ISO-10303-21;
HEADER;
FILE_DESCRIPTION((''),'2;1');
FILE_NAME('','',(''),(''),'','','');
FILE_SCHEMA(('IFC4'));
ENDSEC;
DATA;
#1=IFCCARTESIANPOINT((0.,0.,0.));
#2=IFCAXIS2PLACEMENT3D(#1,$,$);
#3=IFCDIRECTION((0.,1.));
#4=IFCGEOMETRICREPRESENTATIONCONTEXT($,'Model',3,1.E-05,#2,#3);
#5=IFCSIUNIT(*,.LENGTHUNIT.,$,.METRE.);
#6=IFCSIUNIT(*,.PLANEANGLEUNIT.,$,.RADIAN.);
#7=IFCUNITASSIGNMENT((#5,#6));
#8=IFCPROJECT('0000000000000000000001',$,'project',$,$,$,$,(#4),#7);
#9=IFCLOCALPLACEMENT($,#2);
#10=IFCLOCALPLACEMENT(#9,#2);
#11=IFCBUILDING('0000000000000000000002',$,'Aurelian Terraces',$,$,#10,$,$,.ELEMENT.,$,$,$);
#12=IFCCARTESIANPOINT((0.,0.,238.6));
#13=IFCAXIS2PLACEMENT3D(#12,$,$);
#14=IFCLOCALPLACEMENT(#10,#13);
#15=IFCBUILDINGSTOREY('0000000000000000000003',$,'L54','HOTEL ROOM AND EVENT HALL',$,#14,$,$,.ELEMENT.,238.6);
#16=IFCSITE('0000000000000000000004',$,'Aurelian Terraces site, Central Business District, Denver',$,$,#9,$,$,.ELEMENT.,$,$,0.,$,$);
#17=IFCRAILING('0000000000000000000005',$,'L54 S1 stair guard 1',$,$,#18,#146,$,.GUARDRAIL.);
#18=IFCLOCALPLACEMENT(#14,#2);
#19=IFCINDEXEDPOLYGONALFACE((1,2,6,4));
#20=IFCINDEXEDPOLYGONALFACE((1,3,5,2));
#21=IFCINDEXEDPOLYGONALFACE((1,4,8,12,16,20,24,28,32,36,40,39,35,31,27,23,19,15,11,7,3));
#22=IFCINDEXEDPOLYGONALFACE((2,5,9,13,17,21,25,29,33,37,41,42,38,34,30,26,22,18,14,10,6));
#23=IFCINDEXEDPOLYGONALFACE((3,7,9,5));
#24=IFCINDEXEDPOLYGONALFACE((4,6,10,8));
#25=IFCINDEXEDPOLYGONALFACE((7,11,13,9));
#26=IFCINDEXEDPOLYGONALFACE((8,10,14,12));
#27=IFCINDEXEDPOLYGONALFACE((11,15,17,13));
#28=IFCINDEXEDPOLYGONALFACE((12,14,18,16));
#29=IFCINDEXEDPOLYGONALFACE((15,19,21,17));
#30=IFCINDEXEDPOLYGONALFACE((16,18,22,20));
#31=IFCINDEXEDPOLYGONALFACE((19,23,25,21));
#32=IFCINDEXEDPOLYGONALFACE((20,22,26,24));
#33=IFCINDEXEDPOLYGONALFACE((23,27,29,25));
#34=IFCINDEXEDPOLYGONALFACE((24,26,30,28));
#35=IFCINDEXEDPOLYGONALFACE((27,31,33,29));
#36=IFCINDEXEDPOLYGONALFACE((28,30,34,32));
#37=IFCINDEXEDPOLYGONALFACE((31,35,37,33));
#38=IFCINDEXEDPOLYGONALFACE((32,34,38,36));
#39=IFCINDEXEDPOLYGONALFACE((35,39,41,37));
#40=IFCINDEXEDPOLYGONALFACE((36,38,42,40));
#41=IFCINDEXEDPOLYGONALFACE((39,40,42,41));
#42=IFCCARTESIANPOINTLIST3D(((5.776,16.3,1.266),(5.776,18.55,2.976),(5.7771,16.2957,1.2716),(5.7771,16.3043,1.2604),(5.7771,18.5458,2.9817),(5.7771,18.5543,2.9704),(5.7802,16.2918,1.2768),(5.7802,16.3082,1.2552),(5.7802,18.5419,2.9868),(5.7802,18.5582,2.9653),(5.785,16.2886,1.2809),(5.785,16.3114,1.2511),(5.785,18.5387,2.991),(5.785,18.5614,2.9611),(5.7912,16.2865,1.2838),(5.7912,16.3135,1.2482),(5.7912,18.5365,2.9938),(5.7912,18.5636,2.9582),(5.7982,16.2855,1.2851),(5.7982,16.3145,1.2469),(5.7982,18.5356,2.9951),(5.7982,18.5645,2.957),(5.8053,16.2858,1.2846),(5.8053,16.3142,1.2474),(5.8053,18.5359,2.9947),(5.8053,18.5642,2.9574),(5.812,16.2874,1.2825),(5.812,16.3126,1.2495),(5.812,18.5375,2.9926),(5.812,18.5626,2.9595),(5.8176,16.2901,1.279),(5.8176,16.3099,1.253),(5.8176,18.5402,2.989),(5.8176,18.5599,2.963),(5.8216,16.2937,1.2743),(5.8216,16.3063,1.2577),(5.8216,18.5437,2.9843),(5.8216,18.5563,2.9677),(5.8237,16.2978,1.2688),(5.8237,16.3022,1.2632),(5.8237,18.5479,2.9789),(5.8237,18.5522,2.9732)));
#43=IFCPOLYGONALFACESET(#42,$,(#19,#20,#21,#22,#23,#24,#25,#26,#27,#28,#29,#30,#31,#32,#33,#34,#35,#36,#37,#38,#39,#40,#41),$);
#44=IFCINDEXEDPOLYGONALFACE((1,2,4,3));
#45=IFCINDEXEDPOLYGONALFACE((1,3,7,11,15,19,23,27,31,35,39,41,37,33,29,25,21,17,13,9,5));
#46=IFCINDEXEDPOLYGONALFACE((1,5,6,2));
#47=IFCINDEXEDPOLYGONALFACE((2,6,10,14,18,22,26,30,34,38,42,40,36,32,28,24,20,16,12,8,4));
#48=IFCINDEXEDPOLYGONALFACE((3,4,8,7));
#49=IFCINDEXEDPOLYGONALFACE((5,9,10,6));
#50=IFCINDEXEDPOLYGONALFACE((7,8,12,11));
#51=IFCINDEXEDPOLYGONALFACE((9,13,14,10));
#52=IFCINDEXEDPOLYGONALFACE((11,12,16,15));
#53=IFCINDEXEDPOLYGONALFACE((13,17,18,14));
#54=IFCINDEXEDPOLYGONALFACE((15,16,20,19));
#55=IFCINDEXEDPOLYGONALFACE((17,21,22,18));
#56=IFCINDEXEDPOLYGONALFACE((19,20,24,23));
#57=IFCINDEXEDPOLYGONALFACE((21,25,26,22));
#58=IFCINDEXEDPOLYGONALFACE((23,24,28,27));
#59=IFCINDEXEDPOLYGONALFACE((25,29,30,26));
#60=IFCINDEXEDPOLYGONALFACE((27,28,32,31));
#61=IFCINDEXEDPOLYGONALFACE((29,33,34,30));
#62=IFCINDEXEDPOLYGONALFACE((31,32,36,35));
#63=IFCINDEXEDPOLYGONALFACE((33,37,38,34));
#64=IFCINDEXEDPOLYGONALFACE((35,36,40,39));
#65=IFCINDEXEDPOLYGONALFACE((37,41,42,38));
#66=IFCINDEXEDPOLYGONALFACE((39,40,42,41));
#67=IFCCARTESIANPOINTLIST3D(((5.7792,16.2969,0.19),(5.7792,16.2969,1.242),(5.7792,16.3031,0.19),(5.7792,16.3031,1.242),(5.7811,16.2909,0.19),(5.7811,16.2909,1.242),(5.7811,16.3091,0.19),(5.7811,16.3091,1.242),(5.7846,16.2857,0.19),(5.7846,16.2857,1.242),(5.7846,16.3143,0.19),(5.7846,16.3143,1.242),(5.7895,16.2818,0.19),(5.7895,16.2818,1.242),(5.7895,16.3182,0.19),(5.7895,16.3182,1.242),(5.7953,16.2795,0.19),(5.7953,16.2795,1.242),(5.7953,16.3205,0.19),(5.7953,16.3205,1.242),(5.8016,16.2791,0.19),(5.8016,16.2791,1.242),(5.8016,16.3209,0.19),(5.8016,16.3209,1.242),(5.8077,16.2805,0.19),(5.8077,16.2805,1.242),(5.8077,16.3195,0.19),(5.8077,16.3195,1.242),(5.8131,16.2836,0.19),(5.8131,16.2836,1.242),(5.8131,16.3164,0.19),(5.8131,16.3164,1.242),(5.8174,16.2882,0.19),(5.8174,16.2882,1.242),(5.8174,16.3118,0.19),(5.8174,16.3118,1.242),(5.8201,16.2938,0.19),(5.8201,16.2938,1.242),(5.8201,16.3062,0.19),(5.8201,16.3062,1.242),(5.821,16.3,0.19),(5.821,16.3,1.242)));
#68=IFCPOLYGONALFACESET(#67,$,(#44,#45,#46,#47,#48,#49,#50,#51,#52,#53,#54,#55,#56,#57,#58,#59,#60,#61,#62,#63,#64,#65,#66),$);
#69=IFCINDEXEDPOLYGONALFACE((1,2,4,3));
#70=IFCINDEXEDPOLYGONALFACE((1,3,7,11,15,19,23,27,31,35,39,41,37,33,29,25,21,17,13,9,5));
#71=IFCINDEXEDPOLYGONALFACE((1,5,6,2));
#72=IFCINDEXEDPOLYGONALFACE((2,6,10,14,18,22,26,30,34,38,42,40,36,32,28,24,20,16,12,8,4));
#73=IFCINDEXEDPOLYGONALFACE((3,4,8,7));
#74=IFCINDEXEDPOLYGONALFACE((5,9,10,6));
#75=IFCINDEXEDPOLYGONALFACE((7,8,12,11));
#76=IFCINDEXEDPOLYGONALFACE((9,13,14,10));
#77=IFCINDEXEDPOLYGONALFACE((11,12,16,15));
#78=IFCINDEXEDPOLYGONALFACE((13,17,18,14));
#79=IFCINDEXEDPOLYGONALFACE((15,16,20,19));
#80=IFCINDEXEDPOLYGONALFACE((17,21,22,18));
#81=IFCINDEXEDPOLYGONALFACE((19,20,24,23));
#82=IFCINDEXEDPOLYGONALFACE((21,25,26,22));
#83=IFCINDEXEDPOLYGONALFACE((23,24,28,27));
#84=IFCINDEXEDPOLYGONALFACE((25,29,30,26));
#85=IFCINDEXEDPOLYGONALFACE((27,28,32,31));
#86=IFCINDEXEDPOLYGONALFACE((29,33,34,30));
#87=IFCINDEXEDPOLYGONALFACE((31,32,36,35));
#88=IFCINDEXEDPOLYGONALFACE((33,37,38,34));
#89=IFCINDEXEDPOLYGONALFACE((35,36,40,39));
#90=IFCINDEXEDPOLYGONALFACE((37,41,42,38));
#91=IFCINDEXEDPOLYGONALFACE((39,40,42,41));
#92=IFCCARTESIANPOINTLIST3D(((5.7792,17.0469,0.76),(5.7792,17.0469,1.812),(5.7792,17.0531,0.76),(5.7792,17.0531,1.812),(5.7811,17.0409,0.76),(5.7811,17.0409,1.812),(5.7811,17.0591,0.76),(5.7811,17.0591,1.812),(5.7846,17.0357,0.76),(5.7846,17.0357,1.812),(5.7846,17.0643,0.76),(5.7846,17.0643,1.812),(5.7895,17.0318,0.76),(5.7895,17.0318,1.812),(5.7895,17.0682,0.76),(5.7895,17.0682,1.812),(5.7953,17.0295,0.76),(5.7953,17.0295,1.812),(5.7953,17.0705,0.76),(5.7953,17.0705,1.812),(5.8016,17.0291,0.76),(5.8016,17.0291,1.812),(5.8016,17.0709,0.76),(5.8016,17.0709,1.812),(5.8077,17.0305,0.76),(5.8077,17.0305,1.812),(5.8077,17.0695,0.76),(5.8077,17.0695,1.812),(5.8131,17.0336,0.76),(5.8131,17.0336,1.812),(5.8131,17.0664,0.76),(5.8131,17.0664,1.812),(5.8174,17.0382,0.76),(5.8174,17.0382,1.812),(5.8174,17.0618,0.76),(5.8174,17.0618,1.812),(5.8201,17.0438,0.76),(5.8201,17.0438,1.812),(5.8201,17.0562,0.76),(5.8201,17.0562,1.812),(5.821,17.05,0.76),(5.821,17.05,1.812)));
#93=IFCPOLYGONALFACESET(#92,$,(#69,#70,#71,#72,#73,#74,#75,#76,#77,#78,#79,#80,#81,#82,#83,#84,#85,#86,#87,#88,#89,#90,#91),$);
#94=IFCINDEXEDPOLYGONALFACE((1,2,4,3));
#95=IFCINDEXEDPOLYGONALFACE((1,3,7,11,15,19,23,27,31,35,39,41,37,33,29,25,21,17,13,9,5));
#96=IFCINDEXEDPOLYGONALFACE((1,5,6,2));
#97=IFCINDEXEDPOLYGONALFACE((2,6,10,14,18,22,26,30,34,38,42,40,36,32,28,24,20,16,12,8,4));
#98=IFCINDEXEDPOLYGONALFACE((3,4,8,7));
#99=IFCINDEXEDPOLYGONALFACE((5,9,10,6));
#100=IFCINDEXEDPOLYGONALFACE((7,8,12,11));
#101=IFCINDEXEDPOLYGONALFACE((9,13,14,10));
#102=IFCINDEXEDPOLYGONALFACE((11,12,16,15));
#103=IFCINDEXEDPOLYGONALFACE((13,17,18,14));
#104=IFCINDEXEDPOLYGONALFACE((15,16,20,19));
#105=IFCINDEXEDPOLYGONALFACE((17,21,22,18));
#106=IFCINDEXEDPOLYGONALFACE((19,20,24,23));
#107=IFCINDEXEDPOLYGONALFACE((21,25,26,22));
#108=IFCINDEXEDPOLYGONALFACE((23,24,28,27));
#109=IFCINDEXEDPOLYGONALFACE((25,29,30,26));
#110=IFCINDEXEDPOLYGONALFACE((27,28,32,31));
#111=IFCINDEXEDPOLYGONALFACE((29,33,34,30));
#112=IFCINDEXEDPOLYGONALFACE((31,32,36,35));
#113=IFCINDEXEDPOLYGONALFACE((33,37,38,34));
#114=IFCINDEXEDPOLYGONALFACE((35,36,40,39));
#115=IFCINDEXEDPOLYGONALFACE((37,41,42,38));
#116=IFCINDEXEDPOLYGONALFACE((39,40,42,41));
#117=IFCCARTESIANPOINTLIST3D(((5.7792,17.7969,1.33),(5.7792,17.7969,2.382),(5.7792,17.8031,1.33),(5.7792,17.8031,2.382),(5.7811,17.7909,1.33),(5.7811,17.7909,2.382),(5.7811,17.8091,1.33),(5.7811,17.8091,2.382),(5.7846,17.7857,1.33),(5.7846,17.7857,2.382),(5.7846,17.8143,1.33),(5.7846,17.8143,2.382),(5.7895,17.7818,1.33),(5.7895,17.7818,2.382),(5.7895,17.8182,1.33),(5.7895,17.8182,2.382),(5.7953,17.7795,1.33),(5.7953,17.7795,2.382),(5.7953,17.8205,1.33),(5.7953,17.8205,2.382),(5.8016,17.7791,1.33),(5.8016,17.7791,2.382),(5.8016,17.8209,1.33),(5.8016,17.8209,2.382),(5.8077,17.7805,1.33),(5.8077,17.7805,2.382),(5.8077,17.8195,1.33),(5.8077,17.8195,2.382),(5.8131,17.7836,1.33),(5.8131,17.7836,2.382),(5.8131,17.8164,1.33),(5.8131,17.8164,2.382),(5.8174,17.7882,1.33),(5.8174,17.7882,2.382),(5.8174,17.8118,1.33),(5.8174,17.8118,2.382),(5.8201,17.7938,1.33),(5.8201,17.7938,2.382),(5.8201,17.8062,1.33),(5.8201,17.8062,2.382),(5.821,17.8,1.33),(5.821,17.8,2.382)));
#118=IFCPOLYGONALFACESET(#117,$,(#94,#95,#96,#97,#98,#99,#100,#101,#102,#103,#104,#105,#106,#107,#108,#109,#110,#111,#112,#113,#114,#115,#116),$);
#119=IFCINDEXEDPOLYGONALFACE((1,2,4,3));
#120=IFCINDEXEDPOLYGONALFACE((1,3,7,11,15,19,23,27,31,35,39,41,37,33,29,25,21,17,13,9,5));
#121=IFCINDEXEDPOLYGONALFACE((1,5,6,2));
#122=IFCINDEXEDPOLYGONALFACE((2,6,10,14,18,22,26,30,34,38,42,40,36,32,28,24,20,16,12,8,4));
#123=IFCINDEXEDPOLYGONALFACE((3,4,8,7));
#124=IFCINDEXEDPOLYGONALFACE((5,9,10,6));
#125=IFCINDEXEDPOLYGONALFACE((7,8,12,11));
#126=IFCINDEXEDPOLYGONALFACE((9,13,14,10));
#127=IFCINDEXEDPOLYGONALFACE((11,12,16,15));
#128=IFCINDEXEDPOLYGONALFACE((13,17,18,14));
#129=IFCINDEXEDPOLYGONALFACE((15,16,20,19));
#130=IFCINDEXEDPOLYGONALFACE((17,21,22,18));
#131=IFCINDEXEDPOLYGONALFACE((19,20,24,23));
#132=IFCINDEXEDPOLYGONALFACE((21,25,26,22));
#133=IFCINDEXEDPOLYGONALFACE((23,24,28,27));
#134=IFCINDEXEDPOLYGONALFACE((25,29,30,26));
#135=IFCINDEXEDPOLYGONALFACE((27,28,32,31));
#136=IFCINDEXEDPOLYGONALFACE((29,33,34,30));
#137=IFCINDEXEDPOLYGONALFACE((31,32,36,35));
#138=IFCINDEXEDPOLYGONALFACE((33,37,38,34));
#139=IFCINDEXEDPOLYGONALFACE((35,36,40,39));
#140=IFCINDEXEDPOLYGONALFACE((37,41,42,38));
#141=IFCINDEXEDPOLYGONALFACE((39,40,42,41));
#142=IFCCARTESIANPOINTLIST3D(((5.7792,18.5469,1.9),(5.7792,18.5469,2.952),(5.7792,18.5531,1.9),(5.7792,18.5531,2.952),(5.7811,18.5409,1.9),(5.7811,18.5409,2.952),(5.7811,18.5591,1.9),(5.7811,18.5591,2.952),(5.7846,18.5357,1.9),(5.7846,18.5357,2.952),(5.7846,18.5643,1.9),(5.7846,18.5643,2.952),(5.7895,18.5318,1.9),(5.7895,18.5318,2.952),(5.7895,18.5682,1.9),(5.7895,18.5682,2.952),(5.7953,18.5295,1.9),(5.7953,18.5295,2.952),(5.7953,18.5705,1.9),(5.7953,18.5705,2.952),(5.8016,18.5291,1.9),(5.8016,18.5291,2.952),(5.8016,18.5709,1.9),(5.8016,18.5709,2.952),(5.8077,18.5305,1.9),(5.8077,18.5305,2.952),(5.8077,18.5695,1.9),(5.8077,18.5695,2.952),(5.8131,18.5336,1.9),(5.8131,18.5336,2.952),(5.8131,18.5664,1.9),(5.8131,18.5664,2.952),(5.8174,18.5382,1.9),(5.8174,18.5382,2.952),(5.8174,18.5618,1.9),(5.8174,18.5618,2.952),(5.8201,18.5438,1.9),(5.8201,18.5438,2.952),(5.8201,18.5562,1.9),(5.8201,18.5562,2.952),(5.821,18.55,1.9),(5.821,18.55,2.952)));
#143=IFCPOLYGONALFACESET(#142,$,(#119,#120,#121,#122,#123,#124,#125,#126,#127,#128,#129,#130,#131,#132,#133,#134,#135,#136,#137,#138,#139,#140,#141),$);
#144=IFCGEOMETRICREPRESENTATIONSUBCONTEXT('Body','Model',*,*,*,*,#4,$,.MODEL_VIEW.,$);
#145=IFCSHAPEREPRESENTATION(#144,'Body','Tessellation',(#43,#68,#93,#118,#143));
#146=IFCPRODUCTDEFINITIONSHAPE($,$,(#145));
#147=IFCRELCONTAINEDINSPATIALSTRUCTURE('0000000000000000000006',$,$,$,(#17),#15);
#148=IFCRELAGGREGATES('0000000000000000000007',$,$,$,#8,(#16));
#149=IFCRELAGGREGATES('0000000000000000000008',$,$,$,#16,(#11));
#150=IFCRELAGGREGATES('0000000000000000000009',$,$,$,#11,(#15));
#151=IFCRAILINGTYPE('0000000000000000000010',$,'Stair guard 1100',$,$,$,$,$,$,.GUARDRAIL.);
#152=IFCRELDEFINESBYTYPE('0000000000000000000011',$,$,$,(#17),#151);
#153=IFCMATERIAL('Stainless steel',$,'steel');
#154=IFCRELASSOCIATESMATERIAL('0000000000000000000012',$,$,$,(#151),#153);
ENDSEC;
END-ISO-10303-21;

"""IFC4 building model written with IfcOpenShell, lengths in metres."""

from ifc_helpers import new_model, si_unit, direction, frame, origin, origin_2d, place, context, subcontext, project, spatial, circle, extrude, source, transform, mapped, material, type_object, element, save


model = new_model("IFC4")

# Units and contexts
model_context = context("Model", 3, precision=1e-05, world=origin(), true_north=direction((0.0, 1.0)))
body_context = subcontext(model_context, "Body", "Model", "MODEL_VIEW")
ifc_project = project(units=[si_unit("LENGTHUNIT", "METRE"), si_unit("PLANEANGLEUNIT", "RADIAN")], contexts=[model_context])

# Site, building, storey
site_placement = place(None, origin())
site = spatial("IfcSite", under=ifc_project, at=site_placement, Name="Aurelian Terraces site, Central Business District, Denver", CompositionType="ELEMENT", RefElevation=0.0)
building_placement = place(site_placement, origin())
building = spatial("IfcBuilding", under=site, at=building_placement, Name="Aurelian Terraces", CompositionType="ELEMENT")
storey_placement = place(building_placement, frame((0.0, 0.0, 238.6)))
storey = spatial("IfcBuildingStorey", under=building, at=storey_placement, Name="L54", Description="HOTEL ROOM AND EVENT HALL", CompositionType="ELEMENT", Elevation=238.6)

# Railing
ifc_material_1 = material(Name="Stainless steel", Category="steel")
railing_type_1 = type_object("IfcRailingType", Name="Stair guard 1100", PredefinedType="GUARDRAIL", material=ifc_material_1)
shared_shape_1 = source(origin(), body_context, "Body", "SweptSolid", [
    extrude(circle(Radius=0.024, at=origin_2d()), frame((0.0, 0.0, 1.076), z_axis=(0.0, 0.796162, 0.605083), x_axis=(-1.0, 0.0, 0.0)), (0.0, 0.0, 1.0), 2.8261),
    extrude(circle(Radius=0.021, at=origin_2d()), origin(), (0.0, 0.0, 1.0), 1.052),
    extrude(circle(Radius=0.021, at=origin_2d()), frame((0.0, 0.75, 0.57)), (0.0, 0.0, 1.0), 1.052),
    extrude(circle(Radius=0.021, at=origin_2d()), frame((0.0, 1.5, 1.14)), (0.0, 0.0, 1.0), 1.052),
    extrude(circle(Radius=0.021, at=origin_2d()), frame((0.0, 2.25, 1.71)), (0.0, 0.0, 1.0), 1.052),
])
railing_1_placement = place(storey_placement, frame((5.8, 16.3, 0.19)))
element("IfcRailing", 1, at=railing_1_placement, inside=storey, type_object=railing_type_1, Name="L54 S1 stair guard 1", PredefinedType="GUARDRAIL", context=body_context, shape_type="MappedRepresentation", body=[
    mapped(shared_shape_1, transform((0.0, 0.0, 0.0), scale=1.0)),
])

save(model, "model.ifc")
